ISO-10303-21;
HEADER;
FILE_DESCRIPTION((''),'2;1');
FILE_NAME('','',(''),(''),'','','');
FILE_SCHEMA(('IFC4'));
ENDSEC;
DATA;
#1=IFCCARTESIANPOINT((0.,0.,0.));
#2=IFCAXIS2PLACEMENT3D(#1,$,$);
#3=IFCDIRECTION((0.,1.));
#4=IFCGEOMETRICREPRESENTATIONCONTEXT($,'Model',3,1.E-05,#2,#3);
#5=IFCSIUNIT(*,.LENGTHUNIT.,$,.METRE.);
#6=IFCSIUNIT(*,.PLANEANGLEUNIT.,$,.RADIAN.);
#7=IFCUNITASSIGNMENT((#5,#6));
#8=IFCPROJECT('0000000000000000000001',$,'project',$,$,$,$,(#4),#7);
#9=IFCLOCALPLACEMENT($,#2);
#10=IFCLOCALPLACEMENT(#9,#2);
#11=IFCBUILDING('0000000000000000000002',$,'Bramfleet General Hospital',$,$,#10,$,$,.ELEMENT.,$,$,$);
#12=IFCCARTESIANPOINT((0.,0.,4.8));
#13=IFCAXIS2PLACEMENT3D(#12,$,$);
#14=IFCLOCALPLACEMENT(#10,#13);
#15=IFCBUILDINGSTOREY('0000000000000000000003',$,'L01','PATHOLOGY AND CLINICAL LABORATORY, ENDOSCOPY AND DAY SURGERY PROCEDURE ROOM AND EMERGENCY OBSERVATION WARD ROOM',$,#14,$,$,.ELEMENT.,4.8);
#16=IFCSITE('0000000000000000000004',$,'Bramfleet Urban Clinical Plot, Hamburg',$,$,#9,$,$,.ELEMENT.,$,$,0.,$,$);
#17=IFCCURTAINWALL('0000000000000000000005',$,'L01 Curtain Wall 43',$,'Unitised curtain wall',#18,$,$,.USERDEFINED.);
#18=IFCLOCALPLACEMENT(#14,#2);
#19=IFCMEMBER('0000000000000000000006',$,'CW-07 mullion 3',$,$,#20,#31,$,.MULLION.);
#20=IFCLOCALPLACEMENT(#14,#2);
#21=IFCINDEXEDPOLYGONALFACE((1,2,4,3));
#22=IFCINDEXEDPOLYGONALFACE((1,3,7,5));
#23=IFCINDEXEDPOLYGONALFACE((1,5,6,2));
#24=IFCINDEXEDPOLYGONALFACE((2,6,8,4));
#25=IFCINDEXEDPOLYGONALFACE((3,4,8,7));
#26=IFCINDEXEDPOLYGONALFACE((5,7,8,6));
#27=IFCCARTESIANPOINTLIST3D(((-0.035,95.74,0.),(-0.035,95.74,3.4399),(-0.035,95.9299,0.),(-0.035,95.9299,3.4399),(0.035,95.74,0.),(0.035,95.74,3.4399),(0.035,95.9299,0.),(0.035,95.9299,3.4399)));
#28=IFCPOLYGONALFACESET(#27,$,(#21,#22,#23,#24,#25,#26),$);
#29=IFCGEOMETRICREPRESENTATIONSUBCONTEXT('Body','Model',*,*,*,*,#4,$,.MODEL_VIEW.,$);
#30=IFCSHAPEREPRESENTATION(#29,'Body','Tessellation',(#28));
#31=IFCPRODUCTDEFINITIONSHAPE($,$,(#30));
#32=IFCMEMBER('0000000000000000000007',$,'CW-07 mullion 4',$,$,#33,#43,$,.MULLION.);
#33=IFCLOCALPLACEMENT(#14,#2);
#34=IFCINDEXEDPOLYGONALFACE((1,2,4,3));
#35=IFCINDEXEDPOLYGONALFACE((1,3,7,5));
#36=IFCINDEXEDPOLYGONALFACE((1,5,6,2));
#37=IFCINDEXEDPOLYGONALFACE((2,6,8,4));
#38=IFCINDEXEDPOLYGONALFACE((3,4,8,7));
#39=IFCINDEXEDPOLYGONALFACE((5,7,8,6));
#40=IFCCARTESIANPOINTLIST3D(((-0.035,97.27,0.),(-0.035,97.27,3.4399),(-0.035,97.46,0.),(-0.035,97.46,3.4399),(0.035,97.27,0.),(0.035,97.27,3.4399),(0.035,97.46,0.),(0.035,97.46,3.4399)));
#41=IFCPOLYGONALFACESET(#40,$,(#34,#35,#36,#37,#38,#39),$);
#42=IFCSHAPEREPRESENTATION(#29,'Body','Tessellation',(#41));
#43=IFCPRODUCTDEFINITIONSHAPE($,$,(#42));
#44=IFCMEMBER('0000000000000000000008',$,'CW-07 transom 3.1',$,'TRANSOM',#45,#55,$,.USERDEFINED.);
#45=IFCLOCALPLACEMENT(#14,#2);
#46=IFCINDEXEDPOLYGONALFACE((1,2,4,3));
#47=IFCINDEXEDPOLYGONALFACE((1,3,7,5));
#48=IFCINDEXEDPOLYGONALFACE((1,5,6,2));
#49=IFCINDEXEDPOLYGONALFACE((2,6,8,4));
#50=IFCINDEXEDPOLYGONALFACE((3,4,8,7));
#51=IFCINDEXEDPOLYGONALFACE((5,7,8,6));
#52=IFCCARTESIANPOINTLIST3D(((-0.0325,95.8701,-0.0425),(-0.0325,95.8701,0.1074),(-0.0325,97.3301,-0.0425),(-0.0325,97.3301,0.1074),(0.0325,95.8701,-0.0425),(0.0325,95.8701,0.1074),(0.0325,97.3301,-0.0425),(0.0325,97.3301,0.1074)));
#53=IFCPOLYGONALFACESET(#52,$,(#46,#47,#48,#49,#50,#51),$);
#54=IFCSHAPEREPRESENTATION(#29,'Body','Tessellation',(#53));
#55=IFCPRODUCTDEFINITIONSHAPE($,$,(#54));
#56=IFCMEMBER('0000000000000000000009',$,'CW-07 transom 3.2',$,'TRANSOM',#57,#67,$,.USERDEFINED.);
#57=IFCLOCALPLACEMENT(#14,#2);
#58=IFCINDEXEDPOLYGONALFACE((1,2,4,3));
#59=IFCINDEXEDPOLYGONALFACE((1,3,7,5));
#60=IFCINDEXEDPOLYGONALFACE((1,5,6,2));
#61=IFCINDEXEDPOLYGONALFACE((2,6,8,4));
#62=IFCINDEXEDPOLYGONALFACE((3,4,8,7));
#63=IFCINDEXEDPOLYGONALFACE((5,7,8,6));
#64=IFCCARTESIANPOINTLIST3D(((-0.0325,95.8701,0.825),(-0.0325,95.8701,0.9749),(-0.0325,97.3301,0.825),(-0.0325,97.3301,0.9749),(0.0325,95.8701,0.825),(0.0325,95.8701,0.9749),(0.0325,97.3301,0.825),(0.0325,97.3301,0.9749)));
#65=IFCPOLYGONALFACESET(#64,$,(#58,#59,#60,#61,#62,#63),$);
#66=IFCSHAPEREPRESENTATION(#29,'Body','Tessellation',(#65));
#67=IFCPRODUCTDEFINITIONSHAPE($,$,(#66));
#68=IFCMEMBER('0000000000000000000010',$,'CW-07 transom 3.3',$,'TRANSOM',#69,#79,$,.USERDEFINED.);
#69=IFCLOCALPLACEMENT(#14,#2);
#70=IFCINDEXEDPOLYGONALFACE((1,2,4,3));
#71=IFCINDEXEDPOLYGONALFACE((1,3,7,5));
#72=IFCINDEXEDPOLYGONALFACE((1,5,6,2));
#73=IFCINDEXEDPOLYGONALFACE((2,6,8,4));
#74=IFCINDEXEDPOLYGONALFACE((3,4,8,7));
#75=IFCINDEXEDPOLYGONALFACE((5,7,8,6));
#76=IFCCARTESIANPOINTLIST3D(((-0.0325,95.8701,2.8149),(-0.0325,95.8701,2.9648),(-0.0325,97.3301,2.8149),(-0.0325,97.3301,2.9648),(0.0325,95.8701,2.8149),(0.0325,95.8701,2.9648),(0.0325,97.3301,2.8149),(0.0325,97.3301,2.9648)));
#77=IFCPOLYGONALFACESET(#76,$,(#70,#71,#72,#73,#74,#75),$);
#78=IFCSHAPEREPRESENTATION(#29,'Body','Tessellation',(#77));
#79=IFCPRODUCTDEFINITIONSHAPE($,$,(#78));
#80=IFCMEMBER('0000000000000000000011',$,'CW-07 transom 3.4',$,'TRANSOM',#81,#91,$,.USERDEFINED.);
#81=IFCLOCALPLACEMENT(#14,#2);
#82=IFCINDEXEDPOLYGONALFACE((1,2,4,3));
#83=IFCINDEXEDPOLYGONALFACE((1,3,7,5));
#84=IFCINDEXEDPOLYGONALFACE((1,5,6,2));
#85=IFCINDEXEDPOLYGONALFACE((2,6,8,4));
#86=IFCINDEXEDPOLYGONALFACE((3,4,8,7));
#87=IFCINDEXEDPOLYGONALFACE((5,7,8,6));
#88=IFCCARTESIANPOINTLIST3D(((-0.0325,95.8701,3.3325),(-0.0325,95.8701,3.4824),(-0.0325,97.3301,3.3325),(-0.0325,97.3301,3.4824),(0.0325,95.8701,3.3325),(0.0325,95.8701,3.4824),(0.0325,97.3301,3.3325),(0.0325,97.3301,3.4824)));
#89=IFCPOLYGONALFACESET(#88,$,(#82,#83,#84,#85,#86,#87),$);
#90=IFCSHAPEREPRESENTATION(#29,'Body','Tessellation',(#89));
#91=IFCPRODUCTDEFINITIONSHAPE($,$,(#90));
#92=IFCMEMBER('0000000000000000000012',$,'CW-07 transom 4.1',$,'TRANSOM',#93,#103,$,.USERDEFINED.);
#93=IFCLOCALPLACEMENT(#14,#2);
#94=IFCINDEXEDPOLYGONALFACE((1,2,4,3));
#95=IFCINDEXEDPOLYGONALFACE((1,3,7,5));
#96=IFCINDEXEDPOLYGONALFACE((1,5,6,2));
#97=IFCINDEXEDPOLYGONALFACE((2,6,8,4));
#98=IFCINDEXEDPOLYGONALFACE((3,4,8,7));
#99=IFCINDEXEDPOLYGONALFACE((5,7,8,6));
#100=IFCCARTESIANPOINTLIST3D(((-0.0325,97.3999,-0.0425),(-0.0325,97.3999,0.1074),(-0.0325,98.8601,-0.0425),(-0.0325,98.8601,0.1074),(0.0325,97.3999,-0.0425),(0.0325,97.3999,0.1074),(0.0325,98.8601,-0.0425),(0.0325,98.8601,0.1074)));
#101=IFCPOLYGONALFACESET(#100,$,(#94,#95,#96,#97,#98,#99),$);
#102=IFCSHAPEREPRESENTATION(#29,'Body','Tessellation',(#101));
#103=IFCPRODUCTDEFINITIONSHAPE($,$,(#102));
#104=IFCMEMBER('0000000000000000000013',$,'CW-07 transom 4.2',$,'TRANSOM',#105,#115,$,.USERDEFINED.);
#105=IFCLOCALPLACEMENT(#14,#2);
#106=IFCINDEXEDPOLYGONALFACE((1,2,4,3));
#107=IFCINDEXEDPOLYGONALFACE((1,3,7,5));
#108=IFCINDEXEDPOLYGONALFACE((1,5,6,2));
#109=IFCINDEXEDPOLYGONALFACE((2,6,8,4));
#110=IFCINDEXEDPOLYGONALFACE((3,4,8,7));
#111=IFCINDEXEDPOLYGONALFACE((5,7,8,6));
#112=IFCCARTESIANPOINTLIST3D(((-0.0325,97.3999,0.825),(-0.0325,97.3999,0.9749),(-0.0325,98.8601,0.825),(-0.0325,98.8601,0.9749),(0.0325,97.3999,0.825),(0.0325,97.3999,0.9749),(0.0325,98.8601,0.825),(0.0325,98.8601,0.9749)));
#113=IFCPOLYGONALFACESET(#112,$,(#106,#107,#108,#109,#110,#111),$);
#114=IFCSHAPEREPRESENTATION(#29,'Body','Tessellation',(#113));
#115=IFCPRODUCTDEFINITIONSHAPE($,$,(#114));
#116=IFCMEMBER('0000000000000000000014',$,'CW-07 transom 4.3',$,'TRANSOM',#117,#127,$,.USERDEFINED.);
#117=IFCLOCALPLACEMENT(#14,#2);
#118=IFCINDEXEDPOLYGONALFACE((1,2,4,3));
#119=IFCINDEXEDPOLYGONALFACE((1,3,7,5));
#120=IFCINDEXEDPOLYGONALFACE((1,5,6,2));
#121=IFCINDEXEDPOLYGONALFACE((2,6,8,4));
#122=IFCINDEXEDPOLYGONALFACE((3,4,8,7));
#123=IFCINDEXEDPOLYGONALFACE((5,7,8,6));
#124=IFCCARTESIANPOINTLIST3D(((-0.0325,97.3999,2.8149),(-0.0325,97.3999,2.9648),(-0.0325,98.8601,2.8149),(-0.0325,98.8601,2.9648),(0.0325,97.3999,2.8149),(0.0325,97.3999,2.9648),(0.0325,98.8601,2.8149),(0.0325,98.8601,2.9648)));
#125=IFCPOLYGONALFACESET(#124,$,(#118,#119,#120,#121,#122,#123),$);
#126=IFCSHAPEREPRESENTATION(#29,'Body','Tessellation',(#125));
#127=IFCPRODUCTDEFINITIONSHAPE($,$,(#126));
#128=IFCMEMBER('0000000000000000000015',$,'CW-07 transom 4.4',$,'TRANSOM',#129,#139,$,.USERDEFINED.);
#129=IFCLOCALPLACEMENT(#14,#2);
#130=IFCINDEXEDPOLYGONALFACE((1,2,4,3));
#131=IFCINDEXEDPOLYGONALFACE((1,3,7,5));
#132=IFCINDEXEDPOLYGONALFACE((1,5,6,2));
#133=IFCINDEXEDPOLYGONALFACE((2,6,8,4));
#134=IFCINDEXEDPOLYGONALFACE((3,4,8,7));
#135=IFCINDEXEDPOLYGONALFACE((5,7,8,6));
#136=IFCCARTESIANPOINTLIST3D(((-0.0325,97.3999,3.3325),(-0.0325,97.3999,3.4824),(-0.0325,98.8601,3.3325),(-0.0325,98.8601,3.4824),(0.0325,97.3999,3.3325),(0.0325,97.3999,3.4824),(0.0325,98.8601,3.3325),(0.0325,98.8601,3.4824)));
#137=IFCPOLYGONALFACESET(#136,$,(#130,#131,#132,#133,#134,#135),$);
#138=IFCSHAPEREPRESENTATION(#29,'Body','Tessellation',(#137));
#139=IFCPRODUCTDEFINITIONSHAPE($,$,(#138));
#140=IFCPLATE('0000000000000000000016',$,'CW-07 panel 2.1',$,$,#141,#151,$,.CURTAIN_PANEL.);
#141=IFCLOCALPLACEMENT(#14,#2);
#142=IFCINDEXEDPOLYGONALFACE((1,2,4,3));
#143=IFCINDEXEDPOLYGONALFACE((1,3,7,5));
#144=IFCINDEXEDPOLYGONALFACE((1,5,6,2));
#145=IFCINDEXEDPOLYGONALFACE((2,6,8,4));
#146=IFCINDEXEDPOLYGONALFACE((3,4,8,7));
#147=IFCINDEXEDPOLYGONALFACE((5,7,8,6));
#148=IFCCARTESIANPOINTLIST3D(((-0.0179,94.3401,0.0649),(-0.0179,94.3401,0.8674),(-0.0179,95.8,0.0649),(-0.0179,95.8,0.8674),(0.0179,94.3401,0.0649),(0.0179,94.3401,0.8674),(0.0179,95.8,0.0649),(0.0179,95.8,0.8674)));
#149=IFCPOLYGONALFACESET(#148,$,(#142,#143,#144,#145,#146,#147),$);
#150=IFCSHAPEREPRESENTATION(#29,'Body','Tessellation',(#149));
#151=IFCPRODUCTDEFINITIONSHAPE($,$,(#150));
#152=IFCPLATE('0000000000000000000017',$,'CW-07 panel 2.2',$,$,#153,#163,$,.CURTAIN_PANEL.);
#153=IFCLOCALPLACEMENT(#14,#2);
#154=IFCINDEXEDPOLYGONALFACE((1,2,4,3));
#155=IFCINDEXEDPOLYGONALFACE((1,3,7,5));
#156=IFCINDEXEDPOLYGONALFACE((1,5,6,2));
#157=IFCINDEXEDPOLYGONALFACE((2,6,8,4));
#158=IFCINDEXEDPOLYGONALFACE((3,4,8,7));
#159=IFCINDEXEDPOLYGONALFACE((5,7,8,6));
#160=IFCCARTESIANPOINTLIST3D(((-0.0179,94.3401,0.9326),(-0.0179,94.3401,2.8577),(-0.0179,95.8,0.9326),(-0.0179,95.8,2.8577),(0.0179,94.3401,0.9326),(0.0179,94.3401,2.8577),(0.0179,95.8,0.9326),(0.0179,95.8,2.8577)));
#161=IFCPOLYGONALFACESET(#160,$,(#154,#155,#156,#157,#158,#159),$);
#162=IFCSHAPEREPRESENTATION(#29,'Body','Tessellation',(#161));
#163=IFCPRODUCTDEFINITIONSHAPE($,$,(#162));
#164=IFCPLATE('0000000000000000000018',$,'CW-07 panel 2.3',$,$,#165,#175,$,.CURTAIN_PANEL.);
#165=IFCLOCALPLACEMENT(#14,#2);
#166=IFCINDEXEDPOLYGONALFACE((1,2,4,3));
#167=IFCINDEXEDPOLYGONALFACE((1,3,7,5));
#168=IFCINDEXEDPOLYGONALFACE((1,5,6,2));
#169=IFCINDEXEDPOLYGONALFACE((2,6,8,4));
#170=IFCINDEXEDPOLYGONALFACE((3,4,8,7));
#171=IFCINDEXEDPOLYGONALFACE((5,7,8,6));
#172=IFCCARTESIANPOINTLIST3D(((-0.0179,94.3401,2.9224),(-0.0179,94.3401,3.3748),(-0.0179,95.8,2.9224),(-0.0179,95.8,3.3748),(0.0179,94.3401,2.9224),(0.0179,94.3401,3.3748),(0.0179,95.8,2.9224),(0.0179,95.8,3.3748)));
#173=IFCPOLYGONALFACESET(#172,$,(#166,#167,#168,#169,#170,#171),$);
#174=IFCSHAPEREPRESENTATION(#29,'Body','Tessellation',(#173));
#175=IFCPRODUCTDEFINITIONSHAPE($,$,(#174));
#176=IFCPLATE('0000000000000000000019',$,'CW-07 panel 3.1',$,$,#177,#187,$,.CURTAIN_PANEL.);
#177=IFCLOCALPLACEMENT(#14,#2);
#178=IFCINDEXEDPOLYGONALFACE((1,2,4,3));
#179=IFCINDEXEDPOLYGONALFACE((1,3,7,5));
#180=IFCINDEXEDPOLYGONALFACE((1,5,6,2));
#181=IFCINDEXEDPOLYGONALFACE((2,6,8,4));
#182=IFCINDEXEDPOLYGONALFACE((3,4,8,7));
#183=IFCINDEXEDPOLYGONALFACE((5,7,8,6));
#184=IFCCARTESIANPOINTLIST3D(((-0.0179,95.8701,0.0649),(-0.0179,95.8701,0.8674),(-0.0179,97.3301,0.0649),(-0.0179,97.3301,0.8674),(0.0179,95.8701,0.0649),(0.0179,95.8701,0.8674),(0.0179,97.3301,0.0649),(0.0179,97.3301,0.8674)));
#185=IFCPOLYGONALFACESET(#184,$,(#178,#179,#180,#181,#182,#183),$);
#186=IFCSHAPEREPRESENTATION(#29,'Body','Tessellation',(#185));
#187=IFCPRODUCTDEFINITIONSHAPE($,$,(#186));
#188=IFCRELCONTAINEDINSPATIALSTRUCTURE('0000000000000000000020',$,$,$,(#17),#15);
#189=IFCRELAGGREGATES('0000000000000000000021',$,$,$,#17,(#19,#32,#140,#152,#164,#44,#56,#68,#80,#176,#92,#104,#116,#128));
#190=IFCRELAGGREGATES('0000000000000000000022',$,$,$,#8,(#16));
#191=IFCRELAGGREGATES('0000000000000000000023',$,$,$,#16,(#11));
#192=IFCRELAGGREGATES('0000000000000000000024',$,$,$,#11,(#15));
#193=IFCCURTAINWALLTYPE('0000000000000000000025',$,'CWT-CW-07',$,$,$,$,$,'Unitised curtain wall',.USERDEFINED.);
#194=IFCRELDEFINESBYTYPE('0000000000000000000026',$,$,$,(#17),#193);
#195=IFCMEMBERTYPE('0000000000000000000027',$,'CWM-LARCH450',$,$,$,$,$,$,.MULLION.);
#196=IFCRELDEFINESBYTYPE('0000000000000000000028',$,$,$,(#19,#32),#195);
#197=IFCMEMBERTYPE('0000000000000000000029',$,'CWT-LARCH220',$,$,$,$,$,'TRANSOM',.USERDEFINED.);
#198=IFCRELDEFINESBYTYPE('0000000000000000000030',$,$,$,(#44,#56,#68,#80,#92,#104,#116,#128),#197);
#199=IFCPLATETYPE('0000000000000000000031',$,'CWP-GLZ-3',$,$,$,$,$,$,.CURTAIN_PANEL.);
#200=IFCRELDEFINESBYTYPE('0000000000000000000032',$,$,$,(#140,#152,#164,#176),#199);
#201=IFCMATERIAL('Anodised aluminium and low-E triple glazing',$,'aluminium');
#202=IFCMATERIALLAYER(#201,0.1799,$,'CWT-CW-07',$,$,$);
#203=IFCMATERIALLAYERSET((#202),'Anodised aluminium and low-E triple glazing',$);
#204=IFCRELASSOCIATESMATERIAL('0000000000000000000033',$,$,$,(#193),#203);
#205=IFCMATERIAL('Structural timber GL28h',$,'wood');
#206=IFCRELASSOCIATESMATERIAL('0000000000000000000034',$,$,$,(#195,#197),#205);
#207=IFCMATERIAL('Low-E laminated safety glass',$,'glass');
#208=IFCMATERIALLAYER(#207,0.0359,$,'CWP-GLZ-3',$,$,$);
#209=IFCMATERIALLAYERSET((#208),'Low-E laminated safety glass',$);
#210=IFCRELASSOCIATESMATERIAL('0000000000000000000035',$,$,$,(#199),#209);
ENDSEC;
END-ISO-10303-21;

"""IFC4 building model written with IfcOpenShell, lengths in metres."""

from ifc_helpers import new_model, si_unit, direction, frame, origin, origin_2d, place, context, subcontext, project, spatial, rectangle, extrude, material, layer, layer_set, material_profile, profile_set, type_object, element, aggregate, save


model = new_model("IFC4")

# Units and contexts
model_context = context("Model", 3, precision=1e-05, world=origin(), true_north=direction((0.0, 1.0)))
body_context = subcontext(model_context, "Body", "Model", "MODEL_VIEW")
ifc_project = project(units=[si_unit("LENGTHUNIT", "METRE"), si_unit("PLANEANGLEUNIT", "RADIAN")], contexts=[model_context])

# Site, building, storey
site_placement = place(None, origin())
site = spatial("IfcSite", under=ifc_project, at=site_placement, Name="Bramfleet Urban Clinical Plot, Hamburg", CompositionType="ELEMENT", RefElevation=0.0)
building_placement = place(site_placement, origin())
building = spatial("IfcBuilding", under=site, at=building_placement, Name="Bramfleet General Hospital", CompositionType="ELEMENT")
storey_placement = place(building_placement, frame((0.0, 0.0, 4.8)))
storey = spatial("IfcBuildingStorey", under=building, at=storey_placement, Name="L01", Description="PATHOLOGY AND CLINICAL LABORATORY, ENDOSCOPY AND DAY SURGERY PROCEDURE ROOM AND EMERGENCY OBSERVATION WARD ROOM", CompositionType="ELEMENT", Elevation=4.8)

# Curtain wall, members, plates
ifc_material_1 = material(Name="Anodised aluminium and low-E triple glazing", Category="aluminium")
ifc_layer_1 = layer(ifc_material_1, 0.1799, Name="CWT-CW-07")
ifc_layer_set_1 = layer_set([ifc_layer_1], Name="Anodised aluminium and low-E triple glazing")
curtain_wall_type = type_object("IfcCurtainWallType", Name="CWT-CW-07", ElementType="Unitised curtain wall", PredefinedType="USERDEFINED", material=ifc_layer_set_1)
curtain_wall_placement = place(storey_placement, origin())
curtain_wall = element("IfcCurtainWall", 1, at=curtain_wall_placement, inside=storey, type_object=curtain_wall_type, Name="L01 Curtain Wall 43", ObjectType="Unitised curtain wall", PredefinedType="USERDEFINED")
ifc_material_2 = material(Name="Structural timber GL28h", Category="wood")
ifc_material_profile_1 = material_profile(ifc_material_2, rectangle(XDim=0.0701, YDim=0.1899, at=origin_2d()), Name="LARCH 190x70")
ifc_profile_set_1 = profile_set([ifc_material_profile_1], Name="Structural timber GL28h")
member_type_1 = type_object("IfcMemberType", Name="CWM-LARCH450", PredefinedType="MULLION", material=ifc_profile_set_1)
member_1_placement = place(storey_placement, frame((0.0, 95.835, 0.0), z_axis=(0.0, 0.0, 1.0), x_axis=(-1.0, 0.0, 0.0)))
member_1 = element("IfcMember", 2, at=member_1_placement, type_object=member_type_1, Name="CW-07 mullion 3", PredefinedType="MULLION", context=body_context, shape_type="SweptSolid", body=[
    extrude(rectangle(XDim=0.0701, YDim=0.1899, at=origin_2d()), origin(), (0.0, 0.0, 1.0), 3.4399),
])
member_2_placement = place(storey_placement, frame((0.0, 97.365, 0.0), z_axis=(0.0, 0.0, 1.0), x_axis=(-1.0, 0.0, 0.0)))
member_2 = element("IfcMember", 3, at=member_2_placement, type_object=member_type_1, Name="CW-07 mullion 4", PredefinedType="MULLION", context=body_context, shape_type="SweptSolid", body=[
    extrude(rectangle(XDim=0.0701, YDim=0.1899, at=origin_2d()), origin(), (0.0, 0.0, 1.0), 3.4399),
])
ifc_material_profile_2 = material_profile(ifc_material_2, rectangle(XDim=0.0649, YDim=0.1499, at=origin_2d()), Name="LARCH 150x65")
ifc_profile_set_2 = profile_set([ifc_material_profile_2], Name="Structural timber GL28h")
member_type_2 = type_object("IfcMemberType", Name="CWT-LARCH220", ElementType="TRANSOM", PredefinedType="USERDEFINED", material=ifc_profile_set_2)
member_3_placement = place(storey_placement, frame((0.0, 95.8701, 0.0325), z_axis=(0.0, 1.0, 0.0), x_axis=(-1.0, 0.0, 0.0)))
member_3 = element("IfcMember", 4, at=member_3_placement, type_object=member_type_2, Name="CW-07 transom 3.1", ObjectType="TRANSOM", PredefinedType="USERDEFINED", context=body_context, shape_type="SweptSolid", body=[
    extrude(rectangle(XDim=0.0649, YDim=0.1499, at=origin_2d()), origin(), (0.0, 0.0, 1.0), 1.46),
])
member_4_placement = place(storey_placement, frame((0.0, 95.8701, 0.8999), z_axis=(0.0, 1.0, 0.0), x_axis=(-1.0, 0.0, 0.0)))
member_4 = element("IfcMember", 5, at=member_4_placement, type_object=member_type_2, Name="CW-07 transom 3.2", ObjectType="TRANSOM", PredefinedType="USERDEFINED", context=body_context, shape_type="SweptSolid", body=[
    extrude(rectangle(XDim=0.0649, YDim=0.1499, at=origin_2d()), origin(), (0.0, 0.0, 1.0), 1.46),
])
member_5_placement = place(storey_placement, frame((0.0, 95.8701, 2.8899), z_axis=(0.0, 1.0, 0.0), x_axis=(-1.0, 0.0, 0.0)))
member_5 = element("IfcMember", 6, at=member_5_placement, type_object=member_type_2, Name="CW-07 transom 3.3", ObjectType="TRANSOM", PredefinedType="USERDEFINED", context=body_context, shape_type="SweptSolid", body=[
    extrude(rectangle(XDim=0.0649, YDim=0.1499, at=origin_2d()), origin(), (0.0, 0.0, 1.0), 1.46),
])
member_6_placement = place(storey_placement, frame((0.0, 95.8701, 3.4075), z_axis=(0.0, 1.0, 0.0), x_axis=(-1.0, 0.0, 0.0)))
member_6 = element("IfcMember", 7, at=member_6_placement, type_object=member_type_2, Name="CW-07 transom 3.4", ObjectType="TRANSOM", PredefinedType="USERDEFINED", context=body_context, shape_type="SweptSolid", body=[
    extrude(rectangle(XDim=0.0649, YDim=0.1499, at=origin_2d()), origin(), (0.0, 0.0, 1.0), 1.46),
])
member_7_placement = place(storey_placement, frame((0.0, 97.3999, 0.0325), z_axis=(0.0, 1.0, 0.0), x_axis=(-1.0, 0.0, 0.0)))
member_7 = element("IfcMember", 8, at=member_7_placement, type_object=member_type_2, Name="CW-07 transom 4.1", ObjectType="TRANSOM", PredefinedType="USERDEFINED", context=body_context, shape_type="SweptSolid", body=[
    extrude(rectangle(XDim=0.0649, YDim=0.1499, at=origin_2d()), origin(), (0.0, 0.0, 1.0), 1.4602),
])
member_8_placement = place(storey_placement, frame((0.0, 97.3999, 0.8999), z_axis=(0.0, 1.0, 0.0), x_axis=(-1.0, 0.0, 0.0)))
member_8 = element("IfcMember", 9, at=member_8_placement, type_object=member_type_2, Name="CW-07 transom 4.2", ObjectType="TRANSOM", PredefinedType="USERDEFINED", context=body_context, shape_type="SweptSolid", body=[
    extrude(rectangle(XDim=0.0649, YDim=0.1499, at=origin_2d()), origin(), (0.0, 0.0, 1.0), 1.4602),
])
member_9_placement = place(storey_placement, frame((0.0, 97.3999, 2.8899), z_axis=(0.0, 1.0, 0.0), x_axis=(-1.0, 0.0, 0.0)))
member_9 = element("IfcMember", 10, at=member_9_placement, type_object=member_type_2, Name="CW-07 transom 4.3", ObjectType="TRANSOM", PredefinedType="USERDEFINED", context=body_context, shape_type="SweptSolid", body=[
    extrude(rectangle(XDim=0.0649, YDim=0.1499, at=origin_2d()), origin(), (0.0, 0.0, 1.0), 1.4602),
])
member_10_placement = place(storey_placement, frame((0.0, 97.3999, 3.4075), z_axis=(0.0, 1.0, 0.0), x_axis=(-1.0, 0.0, 0.0)))
member_10 = element("IfcMember", 11, at=member_10_placement, type_object=member_type_2, Name="CW-07 transom 4.4", ObjectType="TRANSOM", PredefinedType="USERDEFINED", context=body_context, shape_type="SweptSolid", body=[
    extrude(rectangle(XDim=0.0649, YDim=0.1499, at=origin_2d()), origin(), (0.0, 0.0, 1.0), 1.4602),
])
ifc_material_3 = material(Name="Low-E laminated safety glass", Category="glass")
ifc_layer_2 = layer(ifc_material_3, 0.0359, Name="CWP-GLZ-3")
ifc_layer_set_2 = layer_set([ifc_layer_2], Name="Low-E laminated safety glass")
plate_type = type_object("IfcPlateType", Name="CWP-GLZ-3", PredefinedType="CURTAIN_PANEL", material=ifc_layer_set_2)
plate_1_placement = place(storey_placement, frame((0.0, 95.0701, 0.0649), z_axis=(0.0, 0.0, 1.0), x_axis=(0.0, 1.0, 0.0)))
plate_1 = element("IfcPlate", 12, at=plate_1_placement, type_object=plate_type, Name="CW-07 panel 2.1", PredefinedType="CURTAIN_PANEL", context=body_context, shape_type="SweptSolid", body=[
    extrude(rectangle(XDim=1.46, YDim=0.0359, at=origin_2d()), origin(), (0.0, 0.0, 1.0), 0.8025),
])
plate_2_placement = place(storey_placement, frame((0.0, 95.0701, 0.9326), z_axis=(0.0, 0.0, 1.0), x_axis=(0.0, 1.0, 0.0)))
plate_2 = element("IfcPlate", 13, at=plate_2_placement, type_object=plate_type, Name="CW-07 panel 2.2", PredefinedType="CURTAIN_PANEL", context=body_context, shape_type="SweptSolid", body=[
    extrude(rectangle(XDim=1.46, YDim=0.0359, at=origin_2d()), origin(), (0.0, 0.0, 1.0), 1.925),
])
plate_3_placement = place(storey_placement, frame((0.0, 95.0701, 2.9224), z_axis=(0.0, 0.0, 1.0), x_axis=(0.0, 1.0, 0.0)))
plate_3 = element("IfcPlate", 14, at=plate_3_placement, type_object=plate_type, Name="CW-07 panel 2.3", PredefinedType="CURTAIN_PANEL", context=body_context, shape_type="SweptSolid", body=[
    extrude(rectangle(XDim=1.46, YDim=0.0359, at=origin_2d()), origin(), (0.0, 0.0, 1.0), 0.4524),
])
plate_4_placement = place(storey_placement, frame((0.0, 96.6001, 0.0649), z_axis=(0.0, 0.0, 1.0), x_axis=(0.0, 1.0, 0.0)))
plate_4 = element("IfcPlate", 15, at=plate_4_placement, type_object=plate_type, Name="CW-07 panel 3.1", PredefinedType="CURTAIN_PANEL", context=body_context, shape_type="SweptSolid", body=[
    extrude(rectangle(XDim=1.46, YDim=0.0359, at=origin_2d()), origin(), (0.0, 0.0, 1.0), 0.8025),
])
aggregate(curtain_wall, [member_1, member_2, plate_1, plate_2, plate_3, member_3, member_4, member_5, member_6, plate_4, member_7, member_8, member_9, member_10])

save(model, "model.ifc")
